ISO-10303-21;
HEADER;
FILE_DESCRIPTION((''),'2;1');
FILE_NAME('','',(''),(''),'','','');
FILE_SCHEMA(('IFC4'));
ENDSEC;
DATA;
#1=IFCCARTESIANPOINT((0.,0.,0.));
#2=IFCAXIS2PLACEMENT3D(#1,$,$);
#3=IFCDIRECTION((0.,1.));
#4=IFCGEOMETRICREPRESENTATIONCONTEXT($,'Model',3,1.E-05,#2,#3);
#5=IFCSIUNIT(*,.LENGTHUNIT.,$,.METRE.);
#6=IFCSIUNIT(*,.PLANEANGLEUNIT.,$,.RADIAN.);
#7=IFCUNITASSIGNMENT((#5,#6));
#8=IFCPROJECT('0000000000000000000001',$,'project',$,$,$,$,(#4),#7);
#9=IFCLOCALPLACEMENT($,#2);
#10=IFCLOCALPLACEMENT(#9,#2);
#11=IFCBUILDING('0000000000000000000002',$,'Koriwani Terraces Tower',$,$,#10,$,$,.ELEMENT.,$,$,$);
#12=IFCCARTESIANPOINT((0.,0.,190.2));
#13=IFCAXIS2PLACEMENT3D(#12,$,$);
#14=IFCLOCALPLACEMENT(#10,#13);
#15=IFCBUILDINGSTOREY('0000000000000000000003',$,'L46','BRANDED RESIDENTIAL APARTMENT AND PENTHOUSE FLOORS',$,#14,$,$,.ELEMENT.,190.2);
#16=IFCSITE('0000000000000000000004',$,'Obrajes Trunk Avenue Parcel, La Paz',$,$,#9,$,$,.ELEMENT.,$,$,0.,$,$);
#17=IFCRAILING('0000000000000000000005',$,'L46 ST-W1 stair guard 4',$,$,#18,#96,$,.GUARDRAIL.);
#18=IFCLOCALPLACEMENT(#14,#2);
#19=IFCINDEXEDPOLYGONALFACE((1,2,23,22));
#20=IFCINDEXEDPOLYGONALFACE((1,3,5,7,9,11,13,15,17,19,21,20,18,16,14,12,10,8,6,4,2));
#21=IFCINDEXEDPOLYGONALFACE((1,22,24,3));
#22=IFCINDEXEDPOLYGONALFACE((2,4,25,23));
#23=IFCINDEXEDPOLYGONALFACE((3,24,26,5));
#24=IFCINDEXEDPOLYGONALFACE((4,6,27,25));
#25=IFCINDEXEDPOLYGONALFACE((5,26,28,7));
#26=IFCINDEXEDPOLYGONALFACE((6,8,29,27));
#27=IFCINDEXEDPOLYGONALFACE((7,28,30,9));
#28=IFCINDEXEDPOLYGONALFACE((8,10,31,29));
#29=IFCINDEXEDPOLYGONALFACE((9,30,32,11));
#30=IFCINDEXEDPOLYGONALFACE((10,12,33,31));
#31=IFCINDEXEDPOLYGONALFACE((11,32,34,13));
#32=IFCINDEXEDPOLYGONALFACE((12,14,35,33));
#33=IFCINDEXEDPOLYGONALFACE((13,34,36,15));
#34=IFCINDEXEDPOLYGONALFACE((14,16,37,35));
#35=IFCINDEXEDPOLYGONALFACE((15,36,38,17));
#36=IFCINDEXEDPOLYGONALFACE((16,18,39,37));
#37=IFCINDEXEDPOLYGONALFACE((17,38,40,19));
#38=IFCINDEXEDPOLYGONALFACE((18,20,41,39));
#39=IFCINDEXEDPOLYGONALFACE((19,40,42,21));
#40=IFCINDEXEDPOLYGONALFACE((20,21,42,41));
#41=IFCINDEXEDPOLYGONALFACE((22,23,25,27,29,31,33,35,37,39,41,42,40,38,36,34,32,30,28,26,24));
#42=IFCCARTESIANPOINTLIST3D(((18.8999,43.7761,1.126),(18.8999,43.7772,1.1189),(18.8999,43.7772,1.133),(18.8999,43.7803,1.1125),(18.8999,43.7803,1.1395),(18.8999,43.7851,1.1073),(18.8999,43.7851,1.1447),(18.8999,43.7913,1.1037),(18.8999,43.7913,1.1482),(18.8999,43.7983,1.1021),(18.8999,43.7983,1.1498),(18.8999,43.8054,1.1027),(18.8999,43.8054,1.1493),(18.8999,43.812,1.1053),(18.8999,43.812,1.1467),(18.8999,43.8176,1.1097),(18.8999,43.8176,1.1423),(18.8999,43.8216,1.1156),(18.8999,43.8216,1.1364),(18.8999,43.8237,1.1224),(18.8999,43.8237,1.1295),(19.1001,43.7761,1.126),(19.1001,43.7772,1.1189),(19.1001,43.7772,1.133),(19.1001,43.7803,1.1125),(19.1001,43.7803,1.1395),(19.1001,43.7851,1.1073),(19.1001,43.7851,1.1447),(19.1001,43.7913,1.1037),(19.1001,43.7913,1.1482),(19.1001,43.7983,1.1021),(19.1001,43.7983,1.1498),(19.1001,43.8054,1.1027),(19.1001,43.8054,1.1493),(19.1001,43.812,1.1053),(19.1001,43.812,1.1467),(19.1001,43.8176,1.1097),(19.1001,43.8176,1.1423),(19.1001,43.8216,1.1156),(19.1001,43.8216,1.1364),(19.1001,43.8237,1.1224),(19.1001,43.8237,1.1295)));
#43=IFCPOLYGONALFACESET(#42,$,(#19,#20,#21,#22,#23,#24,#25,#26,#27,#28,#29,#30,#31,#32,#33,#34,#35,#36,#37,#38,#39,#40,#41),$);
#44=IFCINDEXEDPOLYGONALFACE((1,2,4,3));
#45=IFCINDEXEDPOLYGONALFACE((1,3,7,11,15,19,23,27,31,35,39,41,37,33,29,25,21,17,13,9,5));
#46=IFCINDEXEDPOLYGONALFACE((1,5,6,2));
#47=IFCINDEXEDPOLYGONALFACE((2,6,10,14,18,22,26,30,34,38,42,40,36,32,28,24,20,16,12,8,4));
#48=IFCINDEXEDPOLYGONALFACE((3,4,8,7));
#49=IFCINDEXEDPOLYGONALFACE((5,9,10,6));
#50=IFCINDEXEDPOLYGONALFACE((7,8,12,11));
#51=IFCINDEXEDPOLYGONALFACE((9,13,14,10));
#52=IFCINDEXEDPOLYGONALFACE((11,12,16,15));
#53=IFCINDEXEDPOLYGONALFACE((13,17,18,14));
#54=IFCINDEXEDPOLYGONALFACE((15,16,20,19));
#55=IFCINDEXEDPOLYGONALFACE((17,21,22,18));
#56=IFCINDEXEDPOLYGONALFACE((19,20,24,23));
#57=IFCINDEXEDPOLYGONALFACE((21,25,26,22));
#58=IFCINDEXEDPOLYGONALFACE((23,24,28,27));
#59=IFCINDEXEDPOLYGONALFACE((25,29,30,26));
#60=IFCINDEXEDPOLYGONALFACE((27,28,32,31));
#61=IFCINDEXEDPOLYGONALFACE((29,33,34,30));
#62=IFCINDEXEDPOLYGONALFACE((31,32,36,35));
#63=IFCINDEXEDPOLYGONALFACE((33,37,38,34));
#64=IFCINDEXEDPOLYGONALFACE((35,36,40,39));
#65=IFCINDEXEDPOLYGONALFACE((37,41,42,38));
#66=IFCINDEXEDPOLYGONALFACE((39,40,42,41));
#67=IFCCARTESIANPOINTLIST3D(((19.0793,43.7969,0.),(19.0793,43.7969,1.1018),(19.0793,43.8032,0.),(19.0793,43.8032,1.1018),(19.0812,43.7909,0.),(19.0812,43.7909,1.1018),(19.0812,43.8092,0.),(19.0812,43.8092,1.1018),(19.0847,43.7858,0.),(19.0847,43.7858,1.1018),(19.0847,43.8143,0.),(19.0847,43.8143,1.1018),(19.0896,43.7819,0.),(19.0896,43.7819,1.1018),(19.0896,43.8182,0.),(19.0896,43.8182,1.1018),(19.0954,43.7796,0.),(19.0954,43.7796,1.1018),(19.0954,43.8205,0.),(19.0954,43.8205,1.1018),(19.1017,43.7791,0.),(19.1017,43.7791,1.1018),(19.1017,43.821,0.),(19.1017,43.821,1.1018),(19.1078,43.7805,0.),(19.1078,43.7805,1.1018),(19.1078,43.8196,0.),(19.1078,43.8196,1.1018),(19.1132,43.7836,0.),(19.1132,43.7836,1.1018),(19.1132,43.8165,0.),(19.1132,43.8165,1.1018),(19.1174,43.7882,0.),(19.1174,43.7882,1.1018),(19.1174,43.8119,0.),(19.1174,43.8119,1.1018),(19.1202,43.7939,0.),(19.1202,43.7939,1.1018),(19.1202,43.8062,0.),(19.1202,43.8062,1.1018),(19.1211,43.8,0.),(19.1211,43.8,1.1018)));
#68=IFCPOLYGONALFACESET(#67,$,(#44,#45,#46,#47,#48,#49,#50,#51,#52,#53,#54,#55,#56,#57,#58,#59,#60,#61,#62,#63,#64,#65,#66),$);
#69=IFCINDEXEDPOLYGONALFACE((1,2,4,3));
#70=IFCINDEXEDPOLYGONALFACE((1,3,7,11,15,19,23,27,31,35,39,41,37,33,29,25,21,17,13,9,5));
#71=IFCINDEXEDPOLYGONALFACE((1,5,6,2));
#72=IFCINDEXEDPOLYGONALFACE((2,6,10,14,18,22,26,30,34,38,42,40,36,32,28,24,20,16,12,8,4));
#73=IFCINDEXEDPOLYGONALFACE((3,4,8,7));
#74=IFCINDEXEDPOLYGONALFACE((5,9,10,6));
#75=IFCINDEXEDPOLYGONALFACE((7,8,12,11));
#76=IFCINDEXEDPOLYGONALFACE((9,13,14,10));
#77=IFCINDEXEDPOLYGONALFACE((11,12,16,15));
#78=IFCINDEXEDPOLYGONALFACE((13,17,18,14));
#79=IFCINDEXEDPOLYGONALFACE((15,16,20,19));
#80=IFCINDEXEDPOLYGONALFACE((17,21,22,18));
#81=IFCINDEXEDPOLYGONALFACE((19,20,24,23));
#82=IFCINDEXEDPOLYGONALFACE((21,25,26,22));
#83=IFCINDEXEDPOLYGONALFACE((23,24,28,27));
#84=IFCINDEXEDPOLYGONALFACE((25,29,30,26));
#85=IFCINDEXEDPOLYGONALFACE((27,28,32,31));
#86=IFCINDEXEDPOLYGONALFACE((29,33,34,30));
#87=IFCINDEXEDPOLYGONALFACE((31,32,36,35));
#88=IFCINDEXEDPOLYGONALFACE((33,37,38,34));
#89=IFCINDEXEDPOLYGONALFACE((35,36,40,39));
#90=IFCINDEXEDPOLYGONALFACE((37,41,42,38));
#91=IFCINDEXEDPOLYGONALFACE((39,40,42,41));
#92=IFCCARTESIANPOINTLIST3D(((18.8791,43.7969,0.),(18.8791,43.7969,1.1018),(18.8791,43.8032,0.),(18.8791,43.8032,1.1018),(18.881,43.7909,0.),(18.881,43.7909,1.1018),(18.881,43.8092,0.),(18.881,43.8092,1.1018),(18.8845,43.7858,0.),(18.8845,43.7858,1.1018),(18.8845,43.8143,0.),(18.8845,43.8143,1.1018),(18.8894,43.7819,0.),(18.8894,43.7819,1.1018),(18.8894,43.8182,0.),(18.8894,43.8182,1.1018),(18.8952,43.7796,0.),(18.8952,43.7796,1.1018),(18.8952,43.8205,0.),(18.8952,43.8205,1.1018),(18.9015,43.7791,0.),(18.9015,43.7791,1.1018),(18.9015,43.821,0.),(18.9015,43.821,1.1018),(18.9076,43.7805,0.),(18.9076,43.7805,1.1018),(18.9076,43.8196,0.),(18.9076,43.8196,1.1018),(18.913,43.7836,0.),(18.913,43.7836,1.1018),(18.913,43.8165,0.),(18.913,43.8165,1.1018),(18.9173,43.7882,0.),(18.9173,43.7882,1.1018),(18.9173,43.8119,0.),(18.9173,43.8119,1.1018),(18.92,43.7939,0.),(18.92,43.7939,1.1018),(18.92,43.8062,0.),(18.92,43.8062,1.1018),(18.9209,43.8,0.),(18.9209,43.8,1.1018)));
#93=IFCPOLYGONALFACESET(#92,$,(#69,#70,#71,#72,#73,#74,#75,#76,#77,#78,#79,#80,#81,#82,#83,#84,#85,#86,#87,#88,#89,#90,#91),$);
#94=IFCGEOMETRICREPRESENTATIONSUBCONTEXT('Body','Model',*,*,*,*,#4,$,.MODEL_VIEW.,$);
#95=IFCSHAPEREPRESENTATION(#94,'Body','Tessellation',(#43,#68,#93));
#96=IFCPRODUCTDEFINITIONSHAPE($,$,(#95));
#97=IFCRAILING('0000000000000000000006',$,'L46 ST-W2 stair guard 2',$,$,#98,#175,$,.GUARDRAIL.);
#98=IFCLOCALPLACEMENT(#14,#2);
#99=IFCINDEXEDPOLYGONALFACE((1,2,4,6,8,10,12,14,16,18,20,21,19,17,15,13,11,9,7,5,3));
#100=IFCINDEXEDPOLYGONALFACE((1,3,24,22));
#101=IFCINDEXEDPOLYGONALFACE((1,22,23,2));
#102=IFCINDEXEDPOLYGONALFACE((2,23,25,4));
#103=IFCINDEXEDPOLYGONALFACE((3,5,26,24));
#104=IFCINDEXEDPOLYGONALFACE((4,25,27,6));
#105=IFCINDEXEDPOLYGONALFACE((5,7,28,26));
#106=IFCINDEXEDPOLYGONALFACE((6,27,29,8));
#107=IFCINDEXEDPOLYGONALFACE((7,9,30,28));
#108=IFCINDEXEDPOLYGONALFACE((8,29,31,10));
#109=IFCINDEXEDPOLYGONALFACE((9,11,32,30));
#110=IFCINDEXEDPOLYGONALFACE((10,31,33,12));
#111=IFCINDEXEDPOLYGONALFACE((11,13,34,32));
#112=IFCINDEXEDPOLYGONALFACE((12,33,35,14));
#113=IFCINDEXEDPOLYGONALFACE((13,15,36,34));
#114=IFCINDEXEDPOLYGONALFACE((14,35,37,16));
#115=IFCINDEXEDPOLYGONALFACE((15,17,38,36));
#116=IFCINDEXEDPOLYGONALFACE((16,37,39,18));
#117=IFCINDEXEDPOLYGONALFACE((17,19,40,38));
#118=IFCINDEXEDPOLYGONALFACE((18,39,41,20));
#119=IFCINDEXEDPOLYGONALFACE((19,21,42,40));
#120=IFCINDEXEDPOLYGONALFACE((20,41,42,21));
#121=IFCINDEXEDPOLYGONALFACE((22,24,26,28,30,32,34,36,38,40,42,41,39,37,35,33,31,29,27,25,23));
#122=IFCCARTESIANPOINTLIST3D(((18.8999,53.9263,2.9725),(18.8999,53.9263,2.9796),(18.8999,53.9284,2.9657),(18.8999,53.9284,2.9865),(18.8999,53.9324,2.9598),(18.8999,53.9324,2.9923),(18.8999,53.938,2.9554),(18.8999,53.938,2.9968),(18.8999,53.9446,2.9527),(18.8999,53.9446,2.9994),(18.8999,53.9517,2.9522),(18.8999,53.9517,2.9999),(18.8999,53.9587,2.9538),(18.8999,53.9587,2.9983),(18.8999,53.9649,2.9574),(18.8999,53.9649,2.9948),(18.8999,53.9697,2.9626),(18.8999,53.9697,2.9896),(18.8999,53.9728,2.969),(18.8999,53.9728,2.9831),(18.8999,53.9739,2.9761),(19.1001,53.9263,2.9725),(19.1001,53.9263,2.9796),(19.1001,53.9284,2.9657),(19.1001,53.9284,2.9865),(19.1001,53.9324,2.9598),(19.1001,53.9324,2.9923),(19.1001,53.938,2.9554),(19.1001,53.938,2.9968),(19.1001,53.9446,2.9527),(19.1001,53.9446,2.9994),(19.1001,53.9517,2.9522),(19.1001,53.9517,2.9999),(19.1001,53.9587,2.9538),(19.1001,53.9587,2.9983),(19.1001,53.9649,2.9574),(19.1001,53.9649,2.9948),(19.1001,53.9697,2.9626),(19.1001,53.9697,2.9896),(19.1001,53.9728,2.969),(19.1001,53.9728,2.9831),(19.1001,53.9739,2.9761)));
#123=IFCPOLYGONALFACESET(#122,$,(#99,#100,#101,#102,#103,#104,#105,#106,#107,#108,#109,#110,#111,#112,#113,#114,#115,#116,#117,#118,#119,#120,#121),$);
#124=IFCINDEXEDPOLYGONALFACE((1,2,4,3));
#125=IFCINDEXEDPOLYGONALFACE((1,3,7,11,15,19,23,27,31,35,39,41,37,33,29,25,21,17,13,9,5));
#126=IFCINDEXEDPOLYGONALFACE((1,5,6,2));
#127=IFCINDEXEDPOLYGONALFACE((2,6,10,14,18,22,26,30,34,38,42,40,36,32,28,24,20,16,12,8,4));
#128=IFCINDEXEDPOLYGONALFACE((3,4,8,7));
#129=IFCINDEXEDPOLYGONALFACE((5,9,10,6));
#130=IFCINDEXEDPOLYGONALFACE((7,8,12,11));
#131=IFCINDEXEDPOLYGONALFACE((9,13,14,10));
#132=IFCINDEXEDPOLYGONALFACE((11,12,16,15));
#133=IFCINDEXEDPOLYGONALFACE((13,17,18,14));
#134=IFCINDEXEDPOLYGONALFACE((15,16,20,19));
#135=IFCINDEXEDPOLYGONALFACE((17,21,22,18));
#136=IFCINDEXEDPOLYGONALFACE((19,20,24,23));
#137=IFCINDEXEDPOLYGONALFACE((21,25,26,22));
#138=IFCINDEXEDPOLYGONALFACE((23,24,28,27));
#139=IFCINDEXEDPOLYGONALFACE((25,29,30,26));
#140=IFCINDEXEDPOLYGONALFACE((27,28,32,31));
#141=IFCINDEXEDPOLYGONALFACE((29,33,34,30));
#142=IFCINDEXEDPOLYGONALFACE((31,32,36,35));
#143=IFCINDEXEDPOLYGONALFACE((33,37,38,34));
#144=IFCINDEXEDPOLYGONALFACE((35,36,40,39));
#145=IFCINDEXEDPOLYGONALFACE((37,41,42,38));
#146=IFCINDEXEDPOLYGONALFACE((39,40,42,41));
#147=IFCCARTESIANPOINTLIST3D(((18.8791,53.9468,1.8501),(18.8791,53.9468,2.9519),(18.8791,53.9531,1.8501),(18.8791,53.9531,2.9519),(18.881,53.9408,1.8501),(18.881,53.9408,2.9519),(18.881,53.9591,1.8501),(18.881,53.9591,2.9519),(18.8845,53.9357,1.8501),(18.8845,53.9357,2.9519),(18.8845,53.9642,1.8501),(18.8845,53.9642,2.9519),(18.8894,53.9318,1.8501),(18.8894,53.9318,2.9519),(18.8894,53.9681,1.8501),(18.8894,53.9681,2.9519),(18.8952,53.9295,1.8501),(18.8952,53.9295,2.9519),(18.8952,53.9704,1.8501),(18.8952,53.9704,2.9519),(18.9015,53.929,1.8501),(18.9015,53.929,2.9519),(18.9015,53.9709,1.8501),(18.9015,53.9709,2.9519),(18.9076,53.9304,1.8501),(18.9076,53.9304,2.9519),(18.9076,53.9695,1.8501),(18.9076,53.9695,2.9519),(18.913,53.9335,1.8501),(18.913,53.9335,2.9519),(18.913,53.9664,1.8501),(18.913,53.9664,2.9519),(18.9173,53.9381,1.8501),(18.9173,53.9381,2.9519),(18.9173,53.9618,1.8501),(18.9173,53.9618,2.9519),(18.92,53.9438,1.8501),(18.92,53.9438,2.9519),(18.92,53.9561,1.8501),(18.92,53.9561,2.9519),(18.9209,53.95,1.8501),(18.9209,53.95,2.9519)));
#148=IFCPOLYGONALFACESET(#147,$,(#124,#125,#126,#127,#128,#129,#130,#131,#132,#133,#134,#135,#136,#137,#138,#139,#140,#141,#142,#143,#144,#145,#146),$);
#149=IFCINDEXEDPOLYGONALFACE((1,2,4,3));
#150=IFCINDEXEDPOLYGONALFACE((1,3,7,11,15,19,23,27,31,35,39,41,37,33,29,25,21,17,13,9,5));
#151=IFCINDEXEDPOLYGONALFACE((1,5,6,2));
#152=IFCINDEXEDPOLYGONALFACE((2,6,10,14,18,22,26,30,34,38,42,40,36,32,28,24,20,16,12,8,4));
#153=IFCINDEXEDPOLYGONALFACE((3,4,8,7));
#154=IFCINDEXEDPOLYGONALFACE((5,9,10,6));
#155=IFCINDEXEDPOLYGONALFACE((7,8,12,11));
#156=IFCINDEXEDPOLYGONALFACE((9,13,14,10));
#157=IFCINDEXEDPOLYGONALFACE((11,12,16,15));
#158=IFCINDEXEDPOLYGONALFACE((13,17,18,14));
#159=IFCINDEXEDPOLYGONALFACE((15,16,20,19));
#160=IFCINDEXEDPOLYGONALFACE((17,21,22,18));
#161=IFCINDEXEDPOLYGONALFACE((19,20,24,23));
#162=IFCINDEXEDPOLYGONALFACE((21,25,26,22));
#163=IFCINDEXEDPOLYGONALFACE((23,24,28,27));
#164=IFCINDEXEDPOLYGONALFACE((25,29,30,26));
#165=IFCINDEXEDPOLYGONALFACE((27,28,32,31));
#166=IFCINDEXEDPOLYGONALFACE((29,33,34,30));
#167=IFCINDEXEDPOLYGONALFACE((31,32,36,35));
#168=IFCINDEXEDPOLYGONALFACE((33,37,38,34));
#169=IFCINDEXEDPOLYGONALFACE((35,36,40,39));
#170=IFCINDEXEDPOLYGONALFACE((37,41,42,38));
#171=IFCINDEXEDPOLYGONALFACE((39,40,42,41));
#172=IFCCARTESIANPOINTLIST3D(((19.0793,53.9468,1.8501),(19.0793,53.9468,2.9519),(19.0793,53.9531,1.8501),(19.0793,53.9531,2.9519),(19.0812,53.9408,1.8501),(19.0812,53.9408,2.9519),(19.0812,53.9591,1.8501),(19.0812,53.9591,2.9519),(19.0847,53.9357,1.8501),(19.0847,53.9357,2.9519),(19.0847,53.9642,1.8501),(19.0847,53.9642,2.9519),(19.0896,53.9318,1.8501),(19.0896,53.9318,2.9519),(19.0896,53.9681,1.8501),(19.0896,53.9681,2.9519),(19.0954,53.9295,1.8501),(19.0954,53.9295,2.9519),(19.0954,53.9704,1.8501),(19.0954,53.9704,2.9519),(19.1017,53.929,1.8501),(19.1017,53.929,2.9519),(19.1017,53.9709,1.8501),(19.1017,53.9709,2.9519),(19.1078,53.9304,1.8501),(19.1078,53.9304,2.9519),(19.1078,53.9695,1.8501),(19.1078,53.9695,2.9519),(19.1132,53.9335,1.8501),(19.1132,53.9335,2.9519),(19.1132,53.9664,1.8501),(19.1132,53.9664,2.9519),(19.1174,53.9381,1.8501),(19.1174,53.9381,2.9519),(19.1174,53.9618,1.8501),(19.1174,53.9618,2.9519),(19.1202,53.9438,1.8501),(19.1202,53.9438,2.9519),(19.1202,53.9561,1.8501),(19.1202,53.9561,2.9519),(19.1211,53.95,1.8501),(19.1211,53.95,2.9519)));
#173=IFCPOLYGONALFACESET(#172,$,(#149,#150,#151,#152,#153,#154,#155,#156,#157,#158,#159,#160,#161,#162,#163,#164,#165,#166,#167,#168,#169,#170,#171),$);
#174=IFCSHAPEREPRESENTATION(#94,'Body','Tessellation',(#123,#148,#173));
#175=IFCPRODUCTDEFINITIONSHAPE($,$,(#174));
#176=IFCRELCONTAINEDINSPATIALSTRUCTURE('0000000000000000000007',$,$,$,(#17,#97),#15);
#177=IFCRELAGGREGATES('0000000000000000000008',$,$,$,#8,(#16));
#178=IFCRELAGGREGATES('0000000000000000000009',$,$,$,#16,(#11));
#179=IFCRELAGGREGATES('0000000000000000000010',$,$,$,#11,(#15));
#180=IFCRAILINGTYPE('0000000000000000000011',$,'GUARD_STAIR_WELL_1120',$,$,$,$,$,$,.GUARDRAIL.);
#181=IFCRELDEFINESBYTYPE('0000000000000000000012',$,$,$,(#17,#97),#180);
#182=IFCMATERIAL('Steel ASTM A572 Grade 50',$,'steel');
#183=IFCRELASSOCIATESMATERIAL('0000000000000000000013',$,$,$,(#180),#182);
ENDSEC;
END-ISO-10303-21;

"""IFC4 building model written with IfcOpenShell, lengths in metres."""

from ifc_helpers import new_model, si_unit, direction, frame, origin, origin_2d, place, context, subcontext, project, spatial, circle, extrude, material, type_object, element, save


model = new_model("IFC4")

# Units and contexts
model_context = context("Model", 3, precision=1e-05, world=origin(), true_north=direction((0.0, 1.0)))
body_context = subcontext(model_context, "Body", "Model", "MODEL_VIEW")
ifc_project = project(units=[si_unit("LENGTHUNIT", "METRE"), si_unit("PLANEANGLEUNIT", "RADIAN")], contexts=[model_context])

# Site, building, storey
site_placement = place(None, origin())
site = spatial("IfcSite", under=ifc_project, at=site_placement, Name="Obrajes Trunk Avenue Parcel, La Paz", CompositionType="ELEMENT", RefElevation=0.0)
building_placement = place(site_placement, origin())
building = spatial("IfcBuilding", under=site, at=building_placement, Name="Koriwani Terraces Tower", CompositionType="ELEMENT")
storey_placement = place(building_placement, frame((0.0, 0.0, 190.2)))
storey = spatial("IfcBuildingStorey", under=building, at=storey_placement, Name="L46", Description="BRANDED RESIDENTIAL APARTMENT AND PENTHOUSE FLOORS", CompositionType="ELEMENT", Elevation=190.2)

# Shared definitions
ifc_material_1 = material(Name="Steel ASTM A572 Grade 50", Category="steel")

# Railings
railing_type_1 = type_object("IfcRailingType", Name="GUARD_STAIR_WELL_1120", PredefinedType="GUARDRAIL", material=ifc_material_1)
railing_1_placement = place(storey_placement, frame((19.1001, 43.8, 0.0)))
element("IfcRailing", 1, at=railing_1_placement, inside=storey, type_object=railing_type_1, Name="L46 ST-W1 stair guard 4", PredefinedType="GUARDRAIL", context=body_context, shape_type="SweptSolid", body=[
    extrude(circle(Radius=0.0239, at=origin_2d()), frame((0.0, 0.0, 1.126), z_axis=(-1.0, 0.0, 0.0), x_axis=(0.0, -1.0, 0.0)), (0.0, 0.0, 1.0), 0.2002),
    extrude(circle(Radius=0.021, at=origin_2d()), origin(), (0.0, 0.0, 1.0), 1.1018),
    extrude(circle(Radius=0.021, at=origin_2d()), frame((-0.2002, 0.0, 0.0)), (0.0, 0.0, 1.0), 1.1018),
])
railing_2_placement = place(storey_placement, frame((18.8999, 53.95, 1.8501)))
element("IfcRailing", 2, at=railing_2_placement, inside=storey, type_object=railing_type_1, Name="L46 ST-W2 stair guard 2", PredefinedType="GUARDRAIL", context=body_context, shape_type="SweptSolid", body=[
    extrude(circle(Radius=0.0239, at=origin_2d()), frame((0.0, 0.0, 1.126), z_axis=(1.0, 0.0, 0.0), x_axis=(0.0, 1.0, 0.0)), (0.0, 0.0, 1.0), 0.2002),
    extrude(circle(Radius=0.021, at=origin_2d()), origin(), (0.0, 0.0, 1.0), 1.1018),
    extrude(circle(Radius=0.021, at=origin_2d()), frame((0.2002, 0.0, 0.0)), (0.0, 0.0, 1.0), 1.1018),
])

save(model, "model.ifc")
